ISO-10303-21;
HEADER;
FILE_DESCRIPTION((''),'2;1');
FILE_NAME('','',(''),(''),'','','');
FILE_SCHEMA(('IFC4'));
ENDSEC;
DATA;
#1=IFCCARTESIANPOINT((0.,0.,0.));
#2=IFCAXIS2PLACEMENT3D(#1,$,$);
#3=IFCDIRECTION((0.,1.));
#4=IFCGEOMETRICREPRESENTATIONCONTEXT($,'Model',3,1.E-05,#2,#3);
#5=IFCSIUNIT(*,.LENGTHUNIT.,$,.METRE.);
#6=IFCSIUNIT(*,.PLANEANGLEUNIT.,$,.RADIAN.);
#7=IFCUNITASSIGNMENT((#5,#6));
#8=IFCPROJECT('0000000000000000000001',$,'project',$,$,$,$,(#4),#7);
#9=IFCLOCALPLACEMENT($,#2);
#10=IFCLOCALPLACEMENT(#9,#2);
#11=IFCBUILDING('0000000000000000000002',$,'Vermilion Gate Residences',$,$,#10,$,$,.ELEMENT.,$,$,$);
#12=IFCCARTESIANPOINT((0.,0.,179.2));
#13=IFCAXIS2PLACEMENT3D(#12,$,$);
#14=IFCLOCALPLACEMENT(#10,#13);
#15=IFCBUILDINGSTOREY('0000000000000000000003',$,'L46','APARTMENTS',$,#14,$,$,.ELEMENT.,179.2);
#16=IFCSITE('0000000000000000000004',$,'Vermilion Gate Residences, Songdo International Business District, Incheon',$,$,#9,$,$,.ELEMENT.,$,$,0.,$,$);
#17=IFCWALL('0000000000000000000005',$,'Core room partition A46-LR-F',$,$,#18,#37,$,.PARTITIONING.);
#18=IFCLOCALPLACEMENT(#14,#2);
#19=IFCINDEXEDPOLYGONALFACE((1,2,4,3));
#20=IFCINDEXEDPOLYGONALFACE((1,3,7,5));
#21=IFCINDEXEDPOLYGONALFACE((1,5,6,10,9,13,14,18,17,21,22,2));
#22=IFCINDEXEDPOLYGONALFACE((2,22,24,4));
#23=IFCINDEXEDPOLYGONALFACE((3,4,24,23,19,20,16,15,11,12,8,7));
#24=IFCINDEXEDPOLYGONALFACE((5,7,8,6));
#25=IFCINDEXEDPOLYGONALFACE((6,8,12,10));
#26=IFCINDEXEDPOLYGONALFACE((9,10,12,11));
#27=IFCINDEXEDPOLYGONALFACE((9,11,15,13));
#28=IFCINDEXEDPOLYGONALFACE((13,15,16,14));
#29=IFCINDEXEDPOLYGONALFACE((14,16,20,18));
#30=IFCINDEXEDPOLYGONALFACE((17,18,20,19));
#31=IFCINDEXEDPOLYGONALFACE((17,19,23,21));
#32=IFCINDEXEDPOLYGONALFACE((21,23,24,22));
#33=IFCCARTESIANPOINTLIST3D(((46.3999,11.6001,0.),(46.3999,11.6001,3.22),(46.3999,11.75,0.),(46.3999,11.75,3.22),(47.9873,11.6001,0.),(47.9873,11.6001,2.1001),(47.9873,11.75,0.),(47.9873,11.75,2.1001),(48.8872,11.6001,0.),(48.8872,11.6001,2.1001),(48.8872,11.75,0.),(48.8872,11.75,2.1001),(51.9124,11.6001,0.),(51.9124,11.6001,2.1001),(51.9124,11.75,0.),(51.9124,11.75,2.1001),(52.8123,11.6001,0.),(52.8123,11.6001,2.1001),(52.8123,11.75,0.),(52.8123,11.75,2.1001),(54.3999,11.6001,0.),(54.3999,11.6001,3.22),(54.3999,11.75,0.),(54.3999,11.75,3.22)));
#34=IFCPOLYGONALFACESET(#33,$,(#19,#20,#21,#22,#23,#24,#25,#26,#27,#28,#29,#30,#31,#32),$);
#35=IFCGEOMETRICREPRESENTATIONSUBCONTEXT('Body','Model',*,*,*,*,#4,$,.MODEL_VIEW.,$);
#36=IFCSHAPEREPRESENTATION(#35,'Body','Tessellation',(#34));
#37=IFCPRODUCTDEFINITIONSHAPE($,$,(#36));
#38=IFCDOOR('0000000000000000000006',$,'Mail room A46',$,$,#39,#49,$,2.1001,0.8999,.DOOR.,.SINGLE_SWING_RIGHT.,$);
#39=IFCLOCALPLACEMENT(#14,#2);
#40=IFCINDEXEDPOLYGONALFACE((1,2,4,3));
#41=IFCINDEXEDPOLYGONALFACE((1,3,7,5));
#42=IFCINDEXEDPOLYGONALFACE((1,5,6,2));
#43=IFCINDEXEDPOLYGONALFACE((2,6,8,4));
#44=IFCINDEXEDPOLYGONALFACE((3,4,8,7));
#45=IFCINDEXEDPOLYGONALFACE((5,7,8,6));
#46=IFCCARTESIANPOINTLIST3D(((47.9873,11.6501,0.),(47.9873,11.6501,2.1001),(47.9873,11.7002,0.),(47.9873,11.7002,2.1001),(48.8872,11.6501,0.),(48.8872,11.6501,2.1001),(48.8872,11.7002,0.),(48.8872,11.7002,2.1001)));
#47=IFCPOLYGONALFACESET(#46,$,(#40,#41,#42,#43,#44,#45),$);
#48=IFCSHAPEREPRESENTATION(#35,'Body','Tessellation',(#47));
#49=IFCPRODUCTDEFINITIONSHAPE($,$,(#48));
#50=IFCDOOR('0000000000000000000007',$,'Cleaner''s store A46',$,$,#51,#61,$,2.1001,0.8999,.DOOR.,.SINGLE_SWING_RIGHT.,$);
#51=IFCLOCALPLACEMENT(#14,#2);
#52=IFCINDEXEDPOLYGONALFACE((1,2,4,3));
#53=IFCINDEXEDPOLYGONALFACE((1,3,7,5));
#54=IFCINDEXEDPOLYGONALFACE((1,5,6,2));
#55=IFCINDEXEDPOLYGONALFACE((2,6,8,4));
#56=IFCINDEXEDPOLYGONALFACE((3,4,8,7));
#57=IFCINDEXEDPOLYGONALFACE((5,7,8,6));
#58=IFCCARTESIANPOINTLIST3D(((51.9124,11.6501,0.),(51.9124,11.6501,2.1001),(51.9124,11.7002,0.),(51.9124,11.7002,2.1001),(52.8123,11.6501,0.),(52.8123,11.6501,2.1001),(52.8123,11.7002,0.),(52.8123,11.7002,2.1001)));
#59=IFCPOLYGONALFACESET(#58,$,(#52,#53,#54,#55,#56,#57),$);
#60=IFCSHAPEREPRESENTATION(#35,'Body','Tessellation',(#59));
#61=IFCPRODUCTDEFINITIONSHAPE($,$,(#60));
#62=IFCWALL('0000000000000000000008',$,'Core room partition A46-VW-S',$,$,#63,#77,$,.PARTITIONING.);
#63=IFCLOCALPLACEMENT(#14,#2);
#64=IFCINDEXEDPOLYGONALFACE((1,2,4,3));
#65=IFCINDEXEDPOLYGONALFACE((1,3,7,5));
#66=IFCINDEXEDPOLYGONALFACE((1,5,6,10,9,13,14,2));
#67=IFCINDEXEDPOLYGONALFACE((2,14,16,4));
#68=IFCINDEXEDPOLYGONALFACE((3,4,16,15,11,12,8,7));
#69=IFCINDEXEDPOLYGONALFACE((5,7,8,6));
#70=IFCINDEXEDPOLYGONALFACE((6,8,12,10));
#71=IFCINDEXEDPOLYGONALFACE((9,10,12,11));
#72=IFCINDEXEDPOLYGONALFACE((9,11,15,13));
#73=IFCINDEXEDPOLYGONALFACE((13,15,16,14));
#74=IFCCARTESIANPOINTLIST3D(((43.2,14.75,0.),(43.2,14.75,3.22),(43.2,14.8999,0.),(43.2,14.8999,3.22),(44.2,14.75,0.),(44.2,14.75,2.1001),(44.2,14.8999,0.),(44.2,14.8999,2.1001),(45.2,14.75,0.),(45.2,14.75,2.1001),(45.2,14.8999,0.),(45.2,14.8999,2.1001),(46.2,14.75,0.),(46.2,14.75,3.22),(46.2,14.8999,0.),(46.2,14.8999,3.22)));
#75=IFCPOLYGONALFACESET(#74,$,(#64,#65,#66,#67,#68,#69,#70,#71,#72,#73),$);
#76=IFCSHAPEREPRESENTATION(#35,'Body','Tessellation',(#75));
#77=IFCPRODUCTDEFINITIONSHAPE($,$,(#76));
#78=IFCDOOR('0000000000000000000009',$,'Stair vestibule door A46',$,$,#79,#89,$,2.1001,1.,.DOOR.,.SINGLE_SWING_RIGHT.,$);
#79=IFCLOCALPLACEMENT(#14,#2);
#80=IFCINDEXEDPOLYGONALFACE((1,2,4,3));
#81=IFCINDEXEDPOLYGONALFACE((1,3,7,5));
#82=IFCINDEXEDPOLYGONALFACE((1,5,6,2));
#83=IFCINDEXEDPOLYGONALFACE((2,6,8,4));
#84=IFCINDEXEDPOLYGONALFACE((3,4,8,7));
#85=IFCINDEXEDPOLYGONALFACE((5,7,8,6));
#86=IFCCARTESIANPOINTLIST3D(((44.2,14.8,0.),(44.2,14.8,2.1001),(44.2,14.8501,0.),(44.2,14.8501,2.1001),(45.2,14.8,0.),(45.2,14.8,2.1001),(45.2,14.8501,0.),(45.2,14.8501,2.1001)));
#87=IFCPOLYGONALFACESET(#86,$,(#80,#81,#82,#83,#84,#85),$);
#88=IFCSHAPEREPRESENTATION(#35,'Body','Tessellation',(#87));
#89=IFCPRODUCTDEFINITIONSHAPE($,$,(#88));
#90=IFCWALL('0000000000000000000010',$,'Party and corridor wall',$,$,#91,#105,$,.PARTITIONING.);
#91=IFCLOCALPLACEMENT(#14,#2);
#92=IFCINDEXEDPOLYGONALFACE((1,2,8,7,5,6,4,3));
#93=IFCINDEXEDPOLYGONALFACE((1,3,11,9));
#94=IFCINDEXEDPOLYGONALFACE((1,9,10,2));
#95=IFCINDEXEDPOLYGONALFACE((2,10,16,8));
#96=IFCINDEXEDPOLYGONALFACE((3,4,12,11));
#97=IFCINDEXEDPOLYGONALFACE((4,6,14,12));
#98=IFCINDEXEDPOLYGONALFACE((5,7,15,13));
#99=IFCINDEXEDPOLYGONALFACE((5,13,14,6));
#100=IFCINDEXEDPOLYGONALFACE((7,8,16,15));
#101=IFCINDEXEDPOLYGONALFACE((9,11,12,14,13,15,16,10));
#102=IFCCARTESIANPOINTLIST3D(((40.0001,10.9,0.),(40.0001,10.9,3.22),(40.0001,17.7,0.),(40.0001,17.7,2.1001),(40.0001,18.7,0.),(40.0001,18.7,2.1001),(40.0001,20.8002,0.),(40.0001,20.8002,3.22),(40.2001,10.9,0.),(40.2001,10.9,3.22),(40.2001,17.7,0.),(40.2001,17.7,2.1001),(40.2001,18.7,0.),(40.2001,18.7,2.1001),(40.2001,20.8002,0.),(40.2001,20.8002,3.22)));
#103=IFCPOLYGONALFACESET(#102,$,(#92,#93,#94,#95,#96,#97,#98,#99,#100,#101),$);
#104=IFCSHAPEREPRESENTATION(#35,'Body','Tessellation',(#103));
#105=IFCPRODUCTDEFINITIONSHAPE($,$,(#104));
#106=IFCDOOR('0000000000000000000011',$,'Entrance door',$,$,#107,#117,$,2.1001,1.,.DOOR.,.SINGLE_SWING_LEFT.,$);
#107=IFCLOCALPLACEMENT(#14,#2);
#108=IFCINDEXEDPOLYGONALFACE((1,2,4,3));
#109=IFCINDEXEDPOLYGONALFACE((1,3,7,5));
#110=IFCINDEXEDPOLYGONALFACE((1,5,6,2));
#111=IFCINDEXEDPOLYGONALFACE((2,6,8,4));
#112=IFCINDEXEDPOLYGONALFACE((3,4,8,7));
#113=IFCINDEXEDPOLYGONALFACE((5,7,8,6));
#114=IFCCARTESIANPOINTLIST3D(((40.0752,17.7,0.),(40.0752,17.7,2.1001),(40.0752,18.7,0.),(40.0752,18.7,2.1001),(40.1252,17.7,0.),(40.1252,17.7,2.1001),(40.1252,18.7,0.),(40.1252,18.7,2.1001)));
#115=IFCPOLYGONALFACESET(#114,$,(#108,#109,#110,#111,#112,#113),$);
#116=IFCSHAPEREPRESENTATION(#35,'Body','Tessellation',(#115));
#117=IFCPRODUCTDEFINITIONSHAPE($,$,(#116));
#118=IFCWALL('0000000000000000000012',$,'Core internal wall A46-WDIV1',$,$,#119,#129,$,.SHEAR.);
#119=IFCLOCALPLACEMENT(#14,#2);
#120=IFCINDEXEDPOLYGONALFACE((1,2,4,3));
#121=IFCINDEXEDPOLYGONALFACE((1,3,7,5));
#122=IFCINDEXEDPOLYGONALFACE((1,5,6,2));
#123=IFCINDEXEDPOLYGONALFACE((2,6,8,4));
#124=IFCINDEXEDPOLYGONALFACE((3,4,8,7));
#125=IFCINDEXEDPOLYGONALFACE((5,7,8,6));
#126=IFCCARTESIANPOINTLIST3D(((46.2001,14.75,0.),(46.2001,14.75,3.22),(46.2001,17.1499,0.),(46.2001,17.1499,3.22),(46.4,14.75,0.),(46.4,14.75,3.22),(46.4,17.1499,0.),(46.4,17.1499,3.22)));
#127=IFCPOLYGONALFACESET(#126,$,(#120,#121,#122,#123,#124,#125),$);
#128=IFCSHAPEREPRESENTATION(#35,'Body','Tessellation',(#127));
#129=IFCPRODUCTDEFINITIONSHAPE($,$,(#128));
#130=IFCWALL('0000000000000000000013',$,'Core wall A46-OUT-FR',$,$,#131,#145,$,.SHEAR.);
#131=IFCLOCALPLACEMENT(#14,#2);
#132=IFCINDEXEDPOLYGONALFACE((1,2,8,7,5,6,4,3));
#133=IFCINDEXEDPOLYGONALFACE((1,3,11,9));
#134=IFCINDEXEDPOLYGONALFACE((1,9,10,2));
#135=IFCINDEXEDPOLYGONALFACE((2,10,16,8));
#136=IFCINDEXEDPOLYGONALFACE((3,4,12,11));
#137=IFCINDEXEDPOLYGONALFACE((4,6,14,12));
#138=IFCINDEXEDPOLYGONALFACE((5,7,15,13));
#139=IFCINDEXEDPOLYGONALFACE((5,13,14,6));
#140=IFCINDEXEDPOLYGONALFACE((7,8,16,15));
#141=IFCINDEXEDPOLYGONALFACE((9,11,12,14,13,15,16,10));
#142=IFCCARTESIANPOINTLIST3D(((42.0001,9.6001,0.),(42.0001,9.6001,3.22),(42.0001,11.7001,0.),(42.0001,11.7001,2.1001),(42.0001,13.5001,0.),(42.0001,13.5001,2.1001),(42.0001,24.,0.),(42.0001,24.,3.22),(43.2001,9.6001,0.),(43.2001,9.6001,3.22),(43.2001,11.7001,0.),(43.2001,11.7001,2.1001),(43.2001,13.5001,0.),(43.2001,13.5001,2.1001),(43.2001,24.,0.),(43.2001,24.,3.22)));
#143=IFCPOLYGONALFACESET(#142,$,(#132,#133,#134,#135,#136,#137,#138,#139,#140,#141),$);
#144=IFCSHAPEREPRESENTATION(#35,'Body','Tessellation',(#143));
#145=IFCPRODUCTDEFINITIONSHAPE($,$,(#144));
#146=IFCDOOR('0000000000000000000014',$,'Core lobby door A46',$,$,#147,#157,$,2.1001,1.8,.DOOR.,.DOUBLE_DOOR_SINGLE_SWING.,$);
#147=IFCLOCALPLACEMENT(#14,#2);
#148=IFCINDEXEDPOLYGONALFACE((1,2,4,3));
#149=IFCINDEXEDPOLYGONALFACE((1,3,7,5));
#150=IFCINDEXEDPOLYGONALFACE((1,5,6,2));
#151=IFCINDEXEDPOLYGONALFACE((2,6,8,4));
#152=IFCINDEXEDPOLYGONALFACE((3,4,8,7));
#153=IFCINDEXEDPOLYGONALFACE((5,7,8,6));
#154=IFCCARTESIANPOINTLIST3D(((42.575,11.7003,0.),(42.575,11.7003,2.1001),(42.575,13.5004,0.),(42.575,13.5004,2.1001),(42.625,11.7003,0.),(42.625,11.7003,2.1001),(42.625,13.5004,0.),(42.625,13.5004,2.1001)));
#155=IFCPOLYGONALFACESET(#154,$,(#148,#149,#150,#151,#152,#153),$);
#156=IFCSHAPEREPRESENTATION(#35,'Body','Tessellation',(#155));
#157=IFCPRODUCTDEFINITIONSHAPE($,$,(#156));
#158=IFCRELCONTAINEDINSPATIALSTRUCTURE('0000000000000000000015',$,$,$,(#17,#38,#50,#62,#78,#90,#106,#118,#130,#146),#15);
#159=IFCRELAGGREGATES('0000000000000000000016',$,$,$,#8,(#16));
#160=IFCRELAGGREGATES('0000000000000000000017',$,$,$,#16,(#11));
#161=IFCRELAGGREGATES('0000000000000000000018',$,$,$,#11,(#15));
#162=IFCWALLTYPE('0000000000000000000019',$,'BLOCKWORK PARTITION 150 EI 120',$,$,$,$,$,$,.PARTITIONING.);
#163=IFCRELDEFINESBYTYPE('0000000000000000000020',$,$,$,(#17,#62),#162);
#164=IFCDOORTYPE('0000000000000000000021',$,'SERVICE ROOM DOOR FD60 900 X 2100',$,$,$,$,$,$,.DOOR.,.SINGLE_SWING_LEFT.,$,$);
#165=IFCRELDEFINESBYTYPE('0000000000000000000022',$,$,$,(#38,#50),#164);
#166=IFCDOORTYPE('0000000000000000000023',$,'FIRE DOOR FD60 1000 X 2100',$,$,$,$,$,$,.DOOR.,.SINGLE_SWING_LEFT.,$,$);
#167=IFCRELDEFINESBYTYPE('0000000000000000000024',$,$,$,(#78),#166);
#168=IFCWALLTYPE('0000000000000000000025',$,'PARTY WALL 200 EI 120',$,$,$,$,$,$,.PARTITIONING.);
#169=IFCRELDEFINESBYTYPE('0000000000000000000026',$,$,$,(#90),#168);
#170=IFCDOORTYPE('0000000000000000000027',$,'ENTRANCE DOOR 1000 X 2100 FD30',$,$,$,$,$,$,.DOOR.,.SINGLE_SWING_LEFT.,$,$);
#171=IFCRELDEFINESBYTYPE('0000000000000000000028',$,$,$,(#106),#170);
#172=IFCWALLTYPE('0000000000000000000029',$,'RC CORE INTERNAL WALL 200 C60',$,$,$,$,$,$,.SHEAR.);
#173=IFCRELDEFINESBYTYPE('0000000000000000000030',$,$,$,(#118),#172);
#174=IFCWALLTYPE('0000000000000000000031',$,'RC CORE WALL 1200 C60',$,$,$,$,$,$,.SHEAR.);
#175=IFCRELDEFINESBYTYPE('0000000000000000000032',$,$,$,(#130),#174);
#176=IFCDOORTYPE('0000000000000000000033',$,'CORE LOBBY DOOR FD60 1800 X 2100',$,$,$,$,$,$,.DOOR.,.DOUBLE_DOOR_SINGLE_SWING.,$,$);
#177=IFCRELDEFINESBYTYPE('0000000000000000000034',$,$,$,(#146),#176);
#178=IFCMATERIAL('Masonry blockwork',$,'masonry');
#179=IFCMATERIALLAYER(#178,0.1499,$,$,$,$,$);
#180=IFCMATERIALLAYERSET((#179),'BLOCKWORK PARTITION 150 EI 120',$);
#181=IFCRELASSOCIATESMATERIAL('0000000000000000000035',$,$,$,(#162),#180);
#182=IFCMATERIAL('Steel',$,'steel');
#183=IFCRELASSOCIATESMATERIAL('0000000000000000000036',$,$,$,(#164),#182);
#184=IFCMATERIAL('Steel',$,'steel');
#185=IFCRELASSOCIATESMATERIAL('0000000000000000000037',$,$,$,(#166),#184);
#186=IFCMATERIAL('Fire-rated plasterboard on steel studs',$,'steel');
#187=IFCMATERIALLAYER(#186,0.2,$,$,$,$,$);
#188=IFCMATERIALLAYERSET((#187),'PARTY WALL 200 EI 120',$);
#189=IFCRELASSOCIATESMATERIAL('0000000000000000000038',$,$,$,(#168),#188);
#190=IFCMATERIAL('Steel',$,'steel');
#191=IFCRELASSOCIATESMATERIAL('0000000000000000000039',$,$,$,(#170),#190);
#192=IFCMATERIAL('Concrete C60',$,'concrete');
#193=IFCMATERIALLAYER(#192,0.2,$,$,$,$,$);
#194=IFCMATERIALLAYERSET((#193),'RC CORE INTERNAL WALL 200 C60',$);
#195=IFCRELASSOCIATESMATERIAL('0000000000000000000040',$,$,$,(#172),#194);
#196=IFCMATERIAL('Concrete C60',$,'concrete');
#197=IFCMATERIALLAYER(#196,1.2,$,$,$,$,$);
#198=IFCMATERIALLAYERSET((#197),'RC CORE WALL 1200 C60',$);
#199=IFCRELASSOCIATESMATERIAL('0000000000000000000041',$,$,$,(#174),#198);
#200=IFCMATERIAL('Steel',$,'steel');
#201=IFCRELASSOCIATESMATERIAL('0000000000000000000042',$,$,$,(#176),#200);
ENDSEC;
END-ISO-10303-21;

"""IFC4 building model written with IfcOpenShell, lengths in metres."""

from ifc_helpers import new_model, si_unit, direction, frame, frame_2d, origin, place, context, subcontext, project, spatial, rectangle, extrude, material, layer, layer_set, type_object, element, fill, save


model = new_model("IFC4")

# Units and contexts
model_context = context("Model", 3, precision=1e-05, world=origin(), true_north=direction((0.0, 1.0)))
body_context = subcontext(model_context, "Body", "Model", "MODEL_VIEW")
ifc_project = project(units=[si_unit("LENGTHUNIT", "METRE"), si_unit("PLANEANGLEUNIT", "RADIAN")], contexts=[model_context])

# Site, building, storey
site_placement = place(None, origin())
site = spatial("IfcSite", under=ifc_project, at=site_placement, Name="Vermilion Gate Residences, Songdo International Business District, Incheon", CompositionType="ELEMENT", RefElevation=0.0)
building_placement = place(site_placement, origin())
building = spatial("IfcBuilding", under=site, at=building_placement, Name="Vermilion Gate Residences", CompositionType="ELEMENT")
storey_placement = place(building_placement, frame((0.0, 0.0, 179.2)))
storey = spatial("IfcBuildingStorey", under=building, at=storey_placement, Name="L46", Description="APARTMENTS", CompositionType="ELEMENT", Elevation=179.2)

# Wall, openings, doors
ifc_material_1 = material(Name="Masonry blockwork", Category="masonry")
ifc_layer_1 = layer(ifc_material_1, 0.1499)
ifc_layer_set_1 = layer_set([ifc_layer_1], Name="BLOCKWORK PARTITION 150 EI 120")
wall_type_1 = type_object("IfcWallType", Name="BLOCKWORK PARTITION 150 EI 120", PredefinedType="PARTITIONING", material=ifc_layer_set_1)
wall_1_placement = place(storey_placement, frame((46.3999, 11.675, 0.0), z_axis=(0.0, 0.0, 1.0), x_axis=(1.0, 0.0, 0.0)))
wall_1 = element("IfcWall", 1, at=wall_1_placement, inside=storey, type_object=wall_type_1, Name="Core room partition A46-LR-F", PredefinedType="PARTITIONING", context=body_context, shape_type="SweptSolid", body=[
    extrude(rectangle(XDim=8.0, YDim=0.1499, at=frame_2d((4.0, 0.0))), origin(), (0.0, 0.0, 1.0), 3.22),
])
opening_1_placement = place(wall_1_placement, frame((1.5874, 0.0, 0.0)))
opening_1 = element("IfcOpeningElement", 2, at=opening_1_placement, cuts=wall_1, PredefinedType="OPENING", context=body_context, shape_type="SweptSolid", body=[
    extrude(rectangle(XDim=0.8999, YDim=2.1001, at=frame_2d((0.45, 1.05))), frame((0.0, 0.085, 0.0), z_axis=(0.0, -1.0, 0.0), x_axis=(1.0, 0.0, 0.0)), (0.0, 0.0, 1.0), 0.1699),
])
opening_2_placement = place(wall_1_placement, frame((5.5125, 0.0, 0.0)))
opening_2 = element("IfcOpeningElement", 3, at=opening_2_placement, cuts=wall_1, PredefinedType="OPENING", context=body_context, shape_type="SweptSolid", body=[
    extrude(rectangle(XDim=0.8999, YDim=2.1001, at=frame_2d((0.45, 1.05))), frame((0.0, 0.085, 0.0), z_axis=(0.0, -1.0, 0.0), x_axis=(1.0, 0.0, 0.0)), (0.0, 0.0, 1.0), 0.1699),
])
ifc_material_2 = material(Name="Steel", Category="steel")
door_type_1 = type_object("IfcDoorType", Name="SERVICE ROOM DOOR FD60 900 X 2100", OperationType="SINGLE_SWING_LEFT", PredefinedType="DOOR", material=ifc_material_2)
door_1_placement = place(opening_1_placement, frame((0.8999, 0.0, 0.0), z_axis=(0.0, 0.0, 1.0), x_axis=(-1.0, 0.0, 0.0)))
door_1 = element("IfcDoor", 4, at=door_1_placement, inside=storey, type_object=door_type_1, Name="Mail room A46", OperationType="SINGLE_SWING_RIGHT", OverallHeight=2.1001, OverallWidth=0.8999, PredefinedType="DOOR", context=body_context, shape_type="SweptSolid", body=[
    extrude(rectangle(XDim=0.8999, YDim=2.1001, at=frame_2d((0.45, 1.05))), frame((0.0, 0.0249, 0.0), z_axis=(0.0, -1.0, 0.0), x_axis=(1.0, 0.0, 0.0)), (0.0, 0.0, 1.0), 0.05),
])
fill(opening_1, door_1)
door_2_placement = place(opening_2_placement, frame((0.8999, 0.0, 0.0), z_axis=(0.0, 0.0, 1.0), x_axis=(-1.0, 0.0, 0.0)))
door_2 = element("IfcDoor", 5, at=door_2_placement, inside=storey, type_object=door_type_1, Name="Cleaner's store A46", OperationType="SINGLE_SWING_RIGHT", OverallHeight=2.1001, OverallWidth=0.8999, PredefinedType="DOOR", context=body_context, shape_type="SweptSolid", body=[
    extrude(rectangle(XDim=0.8999, YDim=2.1001, at=frame_2d((0.45, 1.05))), frame((0.0, 0.0249, 0.0), z_axis=(0.0, -1.0, 0.0), x_axis=(1.0, 0.0, 0.0)), (0.0, 0.0, 1.0), 0.05),
])
fill(opening_2, door_2)

# Walls, openings, doors
wall_2_placement = place(storey_placement, frame((43.2, 14.825, 0.0), z_axis=(0.0, 0.0, 1.0), x_axis=(1.0, 0.0, 0.0)))
wall_2 = element("IfcWall", 6, at=wall_2_placement, inside=storey, type_object=wall_type_1, Name="Core room partition A46-VW-S", PredefinedType="PARTITIONING", context=body_context, shape_type="SweptSolid", body=[
    extrude(rectangle(XDim=3.0, YDim=0.1499, at=frame_2d((1.5, 0.0))), origin(), (0.0, 0.0, 1.0), 3.22),
])
opening_3_placement = place(wall_2_placement, frame((1.0, 0.0, 0.0)))
opening_3 = element("IfcOpeningElement", 7, at=opening_3_placement, cuts=wall_2, PredefinedType="OPENING", context=body_context, shape_type="SweptSolid", body=[
    extrude(rectangle(XDim=1.0, YDim=2.1001, at=frame_2d((0.5, 1.05))), frame((0.0, 0.085, 0.0), z_axis=(0.0, -1.0, 0.0), x_axis=(1.0, 0.0, 0.0)), (0.0, 0.0, 1.0), 0.1699),
])
ifc_material_3 = material(Name="Steel", Category="steel")
door_type_2 = type_object("IfcDoorType", Name="FIRE DOOR FD60 1000 X 2100", OperationType="SINGLE_SWING_LEFT", PredefinedType="DOOR", material=ifc_material_3)
door_3_placement = place(opening_3_placement, frame((1.0, 0.0, 0.0), z_axis=(0.0, 0.0, 1.0), x_axis=(-1.0, 0.0, 0.0)))
door_3 = element("IfcDoor", 8, at=door_3_placement, inside=storey, type_object=door_type_2, Name="Stair vestibule door A46", OperationType="SINGLE_SWING_RIGHT", OverallHeight=2.1001, OverallWidth=1.0, PredefinedType="DOOR", context=body_context, shape_type="SweptSolid", body=[
    extrude(rectangle(XDim=1.0, YDim=2.1001, at=frame_2d((0.5, 1.05))), frame((0.0, 0.0249, 0.0), z_axis=(0.0, -1.0, 0.0), x_axis=(1.0, 0.0, 0.0)), (0.0, 0.0, 1.0), 0.05),
])
fill(opening_3, door_3)
ifc_material_4 = material(Name="Fire-rated plasterboard on steel studs", Category="steel")
ifc_layer_2 = layer(ifc_material_4, 0.2)
ifc_layer_set_2 = layer_set([ifc_layer_2], Name="PARTY WALL 200 EI 120")
wall_type_2 = type_object("IfcWallType", Name="PARTY WALL 200 EI 120", PredefinedType="PARTITIONING", material=ifc_layer_set_2)
wall_3_placement = place(storey_placement, frame((40.1001, 10.8999, 0.0), z_axis=(0.0, 0.0, 1.0), x_axis=(0.0, 1.0, 0.0)))
wall_3 = element("IfcWall", 9, at=wall_3_placement, inside=storey, type_object=wall_type_2, Name="Party and corridor wall", PredefinedType="PARTITIONING", context=body_context, shape_type="SweptSolid", body=[
    extrude(rectangle(XDim=9.9001, YDim=0.2, at=frame_2d((4.9502, 0.0))), origin(), (0.0, 0.0, 1.0), 3.22),
])
opening_4_placement = place(wall_3_placement, frame((6.8, 0.0, 0.0)))
opening_4 = element("IfcOpeningElement", 10, at=opening_4_placement, cuts=wall_3, PredefinedType="OPENING", context=body_context, shape_type="SweptSolid", body=[
    extrude(rectangle(XDim=1.0, YDim=2.1001, at=frame_2d((0.5, 1.05))), frame((0.0, 0.1099, 0.0), z_axis=(0.0, -1.0, 0.0), x_axis=(1.0, 0.0, 0.0)), (0.0, 0.0, 1.0), 0.22),
])
ifc_material_5 = material(Name="Steel", Category="steel")
door_type_3 = type_object("IfcDoorType", Name="ENTRANCE DOOR 1000 X 2100 FD30", OperationType="SINGLE_SWING_LEFT", PredefinedType="DOOR", material=ifc_material_5)
door_4_placement = place(opening_4_placement, origin())
door_4 = element("IfcDoor", 11, at=door_4_placement, inside=storey, type_object=door_type_3, Name="Entrance door", OperationType="SINGLE_SWING_LEFT", OverallHeight=2.1001, OverallWidth=1.0, PredefinedType="DOOR", context=body_context, shape_type="SweptSolid", body=[
    extrude(rectangle(XDim=1.0, YDim=2.1001, at=frame_2d((0.5, 1.05))), frame((0.0, 0.0249, 0.0), z_axis=(0.0, -1.0, 0.0), x_axis=(1.0, 0.0, 0.0)), (0.0, 0.0, 1.0), 0.05),
])
fill(opening_4, door_4)

# Wall
ifc_material_6 = material(Name="Concrete C60", Category="concrete")
ifc_layer_3 = layer(ifc_material_6, 0.2)
ifc_layer_set_3 = layer_set([ifc_layer_3], Name="RC CORE INTERNAL WALL 200 C60")
wall_type_3 = type_object("IfcWallType", Name="RC CORE INTERNAL WALL 200 C60", PredefinedType="SHEAR", material=ifc_layer_set_3)
wall_4_placement = place(storey_placement, frame((46.3, 14.75, 0.0), z_axis=(0.0, 0.0, 1.0), x_axis=(0.0, 1.0, 0.0)))
element("IfcWall", 12, at=wall_4_placement, inside=storey, type_object=wall_type_3, Name="Core internal wall A46-WDIV1", PredefinedType="SHEAR", context=body_context, shape_type="SweptSolid", body=[
    extrude(rectangle(XDim=2.3999, YDim=0.2, at=frame_2d((1.2, 0.0))), origin(), (0.0, 0.0, 1.0), 3.22),
])

# Wall, opening, door
ifc_material_7 = material(Name="Concrete C60", Category="concrete")
ifc_layer_4 = layer(ifc_material_7, 1.2)
ifc_layer_set_4 = layer_set([ifc_layer_4], Name="RC CORE WALL 1200 C60")
wall_type_4 = type_object("IfcWallType", Name="RC CORE WALL 1200 C60", PredefinedType="SHEAR", material=ifc_layer_set_4)
wall_5_placement = place(storey_placement, frame((42.6001, 9.6001, 0.0), z_axis=(0.0, 0.0, 1.0), x_axis=(0.0, 1.0, 0.0)))
wall_5 = element("IfcWall", 13, at=wall_5_placement, inside=storey, type_object=wall_type_4, Name="Core wall A46-OUT-FR", PredefinedType="SHEAR", context=body_context, shape_type="SweptSolid", body=[
    extrude(rectangle(XDim=14.3999, YDim=1.2, at=frame_2d((7.2, 0.0))), origin(), (0.0, 0.0, 1.0), 3.22),
])
opening_5_placement = place(wall_5_placement, frame((2.1001, 0.0, 0.0)))
opening_5 = element("IfcOpeningElement", 14, at=opening_5_placement, cuts=wall_5, PredefinedType="OPENING", context=body_context, shape_type="SweptSolid", body=[
    extrude(rectangle(XDim=1.8, YDim=2.1001, at=frame_2d((0.8999, 1.05))), frame((0.0, 0.6099, 0.0), z_axis=(0.0, -1.0, 0.0), x_axis=(1.0, 0.0, 0.0)), (0.0, 0.0, 1.0), 1.22),
])
ifc_material_8 = material(Name="Steel", Category="steel")
door_type_4 = type_object("IfcDoorType", Name="CORE LOBBY DOOR FD60 1800 X 2100", OperationType="DOUBLE_DOOR_SINGLE_SWING", PredefinedType="DOOR", material=ifc_material_8)
door_5_placement = place(opening_5_placement, frame((1.8, 0.0, 0.0), z_axis=(0.0, 0.0, 1.0), x_axis=(-1.0, 0.0, 0.0)))
door_5 = element("IfcDoor", 15, at=door_5_placement, inside=storey, type_object=door_type_4, Name="Core lobby door A46", OperationType="DOUBLE_DOOR_SINGLE_SWING", OverallHeight=2.1001, OverallWidth=1.8, PredefinedType="DOOR", context=body_context, shape_type="SweptSolid", body=[
    extrude(rectangle(XDim=1.8, YDim=2.1001, at=frame_2d((0.8999, 1.05))), frame((0.0, 0.0249, 0.0), z_axis=(0.0, -1.0, 0.0), x_axis=(1.0, 0.0, 0.0)), (0.0, 0.0, 1.0), 0.05),
])
fill(opening_5, door_5)

save(model, "model.ifc")
